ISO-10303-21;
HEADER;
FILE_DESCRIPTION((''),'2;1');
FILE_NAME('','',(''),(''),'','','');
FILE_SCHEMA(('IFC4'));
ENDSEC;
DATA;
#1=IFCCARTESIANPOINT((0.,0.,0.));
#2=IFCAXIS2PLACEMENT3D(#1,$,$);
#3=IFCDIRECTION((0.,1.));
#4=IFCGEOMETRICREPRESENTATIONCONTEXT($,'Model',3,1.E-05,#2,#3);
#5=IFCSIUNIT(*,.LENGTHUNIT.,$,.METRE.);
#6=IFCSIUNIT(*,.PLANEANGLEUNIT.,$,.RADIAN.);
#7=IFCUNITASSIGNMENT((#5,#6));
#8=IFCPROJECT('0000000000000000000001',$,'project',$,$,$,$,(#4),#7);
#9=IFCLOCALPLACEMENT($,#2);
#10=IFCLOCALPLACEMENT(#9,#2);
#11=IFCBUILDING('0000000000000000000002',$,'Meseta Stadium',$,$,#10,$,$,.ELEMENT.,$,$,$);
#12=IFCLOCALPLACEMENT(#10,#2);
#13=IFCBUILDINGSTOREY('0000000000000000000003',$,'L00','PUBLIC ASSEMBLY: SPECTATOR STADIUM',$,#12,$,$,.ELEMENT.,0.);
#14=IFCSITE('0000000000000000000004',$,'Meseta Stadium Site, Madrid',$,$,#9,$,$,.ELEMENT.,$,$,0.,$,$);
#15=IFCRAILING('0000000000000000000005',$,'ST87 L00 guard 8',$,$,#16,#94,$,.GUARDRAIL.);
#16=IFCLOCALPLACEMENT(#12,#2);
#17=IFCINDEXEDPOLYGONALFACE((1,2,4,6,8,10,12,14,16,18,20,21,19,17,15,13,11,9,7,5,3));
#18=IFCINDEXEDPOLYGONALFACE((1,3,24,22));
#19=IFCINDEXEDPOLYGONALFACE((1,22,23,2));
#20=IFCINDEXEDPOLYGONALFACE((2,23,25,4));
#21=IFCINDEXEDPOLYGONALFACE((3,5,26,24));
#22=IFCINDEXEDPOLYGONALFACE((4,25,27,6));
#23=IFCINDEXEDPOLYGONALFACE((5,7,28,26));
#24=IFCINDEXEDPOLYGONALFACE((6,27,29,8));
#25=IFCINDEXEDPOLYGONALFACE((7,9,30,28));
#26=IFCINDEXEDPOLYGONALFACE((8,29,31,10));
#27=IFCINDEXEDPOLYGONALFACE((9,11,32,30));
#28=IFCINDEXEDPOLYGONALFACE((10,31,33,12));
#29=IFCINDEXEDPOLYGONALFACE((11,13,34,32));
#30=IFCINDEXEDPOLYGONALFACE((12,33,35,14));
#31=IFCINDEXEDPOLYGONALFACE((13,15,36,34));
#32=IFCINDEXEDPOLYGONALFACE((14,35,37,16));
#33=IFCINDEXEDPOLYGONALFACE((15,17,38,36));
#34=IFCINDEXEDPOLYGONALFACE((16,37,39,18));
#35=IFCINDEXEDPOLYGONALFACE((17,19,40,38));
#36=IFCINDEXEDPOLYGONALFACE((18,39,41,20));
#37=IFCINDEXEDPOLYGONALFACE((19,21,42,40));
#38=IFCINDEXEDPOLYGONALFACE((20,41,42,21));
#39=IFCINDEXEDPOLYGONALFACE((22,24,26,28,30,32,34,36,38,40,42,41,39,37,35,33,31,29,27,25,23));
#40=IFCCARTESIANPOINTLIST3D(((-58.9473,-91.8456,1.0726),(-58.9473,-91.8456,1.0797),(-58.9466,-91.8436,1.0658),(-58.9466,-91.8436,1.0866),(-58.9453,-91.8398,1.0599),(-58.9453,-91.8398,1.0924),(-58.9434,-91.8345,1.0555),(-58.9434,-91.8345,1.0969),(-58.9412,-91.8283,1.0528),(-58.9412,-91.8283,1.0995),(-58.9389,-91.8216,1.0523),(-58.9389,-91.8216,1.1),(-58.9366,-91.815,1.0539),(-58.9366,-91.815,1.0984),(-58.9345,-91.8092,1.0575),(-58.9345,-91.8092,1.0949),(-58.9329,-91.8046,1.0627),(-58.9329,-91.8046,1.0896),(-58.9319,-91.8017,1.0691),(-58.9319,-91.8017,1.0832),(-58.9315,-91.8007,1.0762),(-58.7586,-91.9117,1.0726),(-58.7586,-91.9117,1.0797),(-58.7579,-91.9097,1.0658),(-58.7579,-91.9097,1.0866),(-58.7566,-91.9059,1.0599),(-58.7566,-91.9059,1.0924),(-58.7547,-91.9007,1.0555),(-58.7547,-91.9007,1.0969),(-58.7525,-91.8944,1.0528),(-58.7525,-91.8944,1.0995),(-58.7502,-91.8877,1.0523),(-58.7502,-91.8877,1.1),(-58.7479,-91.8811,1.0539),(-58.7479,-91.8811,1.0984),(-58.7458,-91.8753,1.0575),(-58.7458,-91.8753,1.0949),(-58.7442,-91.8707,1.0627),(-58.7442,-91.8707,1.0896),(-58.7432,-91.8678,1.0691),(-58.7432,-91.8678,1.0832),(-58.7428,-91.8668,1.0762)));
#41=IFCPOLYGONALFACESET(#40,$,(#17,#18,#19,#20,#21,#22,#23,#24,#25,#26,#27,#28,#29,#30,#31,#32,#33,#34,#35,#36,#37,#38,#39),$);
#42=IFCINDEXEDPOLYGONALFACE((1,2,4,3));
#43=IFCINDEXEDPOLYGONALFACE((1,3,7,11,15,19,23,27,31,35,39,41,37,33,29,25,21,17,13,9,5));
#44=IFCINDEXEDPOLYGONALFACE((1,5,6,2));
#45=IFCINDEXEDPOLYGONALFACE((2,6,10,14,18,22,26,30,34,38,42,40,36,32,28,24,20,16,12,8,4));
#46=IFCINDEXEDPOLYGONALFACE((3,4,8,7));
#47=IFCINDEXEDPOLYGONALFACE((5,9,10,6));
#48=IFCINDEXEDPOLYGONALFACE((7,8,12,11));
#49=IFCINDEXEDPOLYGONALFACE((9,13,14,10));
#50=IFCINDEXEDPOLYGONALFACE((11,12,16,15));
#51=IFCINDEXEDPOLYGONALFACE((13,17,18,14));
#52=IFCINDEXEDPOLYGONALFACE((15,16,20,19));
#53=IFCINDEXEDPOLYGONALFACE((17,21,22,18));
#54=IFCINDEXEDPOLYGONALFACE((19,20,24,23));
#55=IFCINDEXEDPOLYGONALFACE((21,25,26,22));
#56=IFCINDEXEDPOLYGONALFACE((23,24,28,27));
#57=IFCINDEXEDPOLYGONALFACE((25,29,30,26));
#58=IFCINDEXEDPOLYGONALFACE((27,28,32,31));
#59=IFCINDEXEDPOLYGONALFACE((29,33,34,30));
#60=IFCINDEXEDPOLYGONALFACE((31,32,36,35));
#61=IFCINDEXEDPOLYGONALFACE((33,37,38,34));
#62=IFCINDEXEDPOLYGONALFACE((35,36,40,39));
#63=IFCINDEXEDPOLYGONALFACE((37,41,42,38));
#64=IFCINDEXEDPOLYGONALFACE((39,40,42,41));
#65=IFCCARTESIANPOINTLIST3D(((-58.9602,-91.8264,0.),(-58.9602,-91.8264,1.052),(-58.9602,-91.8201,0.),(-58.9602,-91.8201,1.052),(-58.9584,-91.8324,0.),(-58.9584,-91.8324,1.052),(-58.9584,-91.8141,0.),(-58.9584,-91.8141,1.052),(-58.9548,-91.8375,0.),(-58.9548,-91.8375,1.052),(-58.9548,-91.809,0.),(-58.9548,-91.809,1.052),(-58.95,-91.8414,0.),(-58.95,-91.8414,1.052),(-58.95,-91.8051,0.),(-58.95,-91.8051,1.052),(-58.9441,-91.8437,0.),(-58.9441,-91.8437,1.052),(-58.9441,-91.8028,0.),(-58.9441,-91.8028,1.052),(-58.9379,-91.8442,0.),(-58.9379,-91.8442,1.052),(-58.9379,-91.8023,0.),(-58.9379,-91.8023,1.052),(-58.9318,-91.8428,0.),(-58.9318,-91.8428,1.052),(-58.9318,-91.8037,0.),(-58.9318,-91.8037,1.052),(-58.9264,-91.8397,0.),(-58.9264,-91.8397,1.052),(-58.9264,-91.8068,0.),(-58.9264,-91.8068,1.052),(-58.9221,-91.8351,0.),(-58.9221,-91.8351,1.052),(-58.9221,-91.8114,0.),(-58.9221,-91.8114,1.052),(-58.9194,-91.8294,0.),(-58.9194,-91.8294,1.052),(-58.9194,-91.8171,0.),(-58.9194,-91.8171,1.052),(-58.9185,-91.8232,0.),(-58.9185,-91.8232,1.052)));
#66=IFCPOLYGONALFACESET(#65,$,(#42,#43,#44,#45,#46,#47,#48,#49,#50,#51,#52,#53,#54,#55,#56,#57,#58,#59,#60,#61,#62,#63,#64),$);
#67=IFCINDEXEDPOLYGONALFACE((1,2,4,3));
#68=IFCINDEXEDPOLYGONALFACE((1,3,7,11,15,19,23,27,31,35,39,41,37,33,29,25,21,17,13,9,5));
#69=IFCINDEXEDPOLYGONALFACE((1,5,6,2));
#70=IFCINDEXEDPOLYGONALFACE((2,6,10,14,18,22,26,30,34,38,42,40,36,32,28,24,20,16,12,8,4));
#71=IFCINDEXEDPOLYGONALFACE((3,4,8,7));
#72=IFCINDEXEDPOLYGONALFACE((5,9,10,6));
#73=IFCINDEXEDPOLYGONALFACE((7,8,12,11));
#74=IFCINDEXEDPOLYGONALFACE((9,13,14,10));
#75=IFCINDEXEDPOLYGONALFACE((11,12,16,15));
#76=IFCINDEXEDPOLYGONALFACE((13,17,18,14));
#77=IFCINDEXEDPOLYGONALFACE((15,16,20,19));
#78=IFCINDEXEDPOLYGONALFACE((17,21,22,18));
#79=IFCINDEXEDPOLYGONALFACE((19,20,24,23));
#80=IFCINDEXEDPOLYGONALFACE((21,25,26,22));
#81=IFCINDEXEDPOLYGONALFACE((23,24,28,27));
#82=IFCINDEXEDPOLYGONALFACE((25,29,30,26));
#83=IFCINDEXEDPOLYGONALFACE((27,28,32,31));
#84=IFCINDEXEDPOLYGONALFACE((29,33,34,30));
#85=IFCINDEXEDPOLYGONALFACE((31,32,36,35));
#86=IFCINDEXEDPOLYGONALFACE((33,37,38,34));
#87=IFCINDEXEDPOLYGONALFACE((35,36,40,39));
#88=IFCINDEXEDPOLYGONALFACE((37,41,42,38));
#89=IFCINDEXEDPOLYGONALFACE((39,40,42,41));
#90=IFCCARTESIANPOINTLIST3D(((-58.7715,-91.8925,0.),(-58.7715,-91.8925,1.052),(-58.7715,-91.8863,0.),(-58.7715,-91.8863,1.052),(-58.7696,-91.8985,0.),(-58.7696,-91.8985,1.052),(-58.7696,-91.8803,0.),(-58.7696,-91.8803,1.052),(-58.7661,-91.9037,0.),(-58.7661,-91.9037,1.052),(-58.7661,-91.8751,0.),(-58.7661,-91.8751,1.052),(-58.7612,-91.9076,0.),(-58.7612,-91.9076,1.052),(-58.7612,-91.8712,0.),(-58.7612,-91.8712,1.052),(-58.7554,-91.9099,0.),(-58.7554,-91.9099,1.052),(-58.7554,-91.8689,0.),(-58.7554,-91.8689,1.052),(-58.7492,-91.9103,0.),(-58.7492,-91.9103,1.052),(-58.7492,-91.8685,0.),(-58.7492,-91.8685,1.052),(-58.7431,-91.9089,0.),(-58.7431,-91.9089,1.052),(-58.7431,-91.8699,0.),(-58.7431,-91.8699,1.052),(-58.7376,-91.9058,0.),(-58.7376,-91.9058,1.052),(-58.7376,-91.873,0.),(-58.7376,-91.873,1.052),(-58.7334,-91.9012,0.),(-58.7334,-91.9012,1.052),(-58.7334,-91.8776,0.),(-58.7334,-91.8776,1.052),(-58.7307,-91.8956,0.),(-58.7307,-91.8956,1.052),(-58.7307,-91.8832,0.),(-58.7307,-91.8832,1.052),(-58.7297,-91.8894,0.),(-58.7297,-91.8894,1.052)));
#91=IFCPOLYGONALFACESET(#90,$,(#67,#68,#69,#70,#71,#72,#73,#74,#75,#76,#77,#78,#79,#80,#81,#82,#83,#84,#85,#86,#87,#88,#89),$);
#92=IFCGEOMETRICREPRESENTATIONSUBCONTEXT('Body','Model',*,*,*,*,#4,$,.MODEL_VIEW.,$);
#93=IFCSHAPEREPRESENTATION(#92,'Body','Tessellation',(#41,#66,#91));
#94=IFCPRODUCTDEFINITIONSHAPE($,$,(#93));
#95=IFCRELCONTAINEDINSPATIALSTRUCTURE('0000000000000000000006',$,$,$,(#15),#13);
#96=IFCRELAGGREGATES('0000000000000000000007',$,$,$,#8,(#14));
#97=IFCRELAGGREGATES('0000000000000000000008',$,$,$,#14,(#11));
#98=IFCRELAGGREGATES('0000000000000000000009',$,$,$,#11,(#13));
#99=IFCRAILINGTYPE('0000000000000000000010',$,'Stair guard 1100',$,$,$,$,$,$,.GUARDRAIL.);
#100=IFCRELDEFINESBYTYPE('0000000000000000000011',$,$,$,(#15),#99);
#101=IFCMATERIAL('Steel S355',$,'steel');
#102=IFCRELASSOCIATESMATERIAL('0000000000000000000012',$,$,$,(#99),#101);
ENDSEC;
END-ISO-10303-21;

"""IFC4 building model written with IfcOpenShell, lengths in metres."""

from ifc_helpers import new_model, si_unit, direction, frame, origin, origin_2d, place, context, subcontext, project, spatial, circle, extrude, material, type_object, element, save


model = new_model("IFC4")

# Units and contexts
model_context = context("Model", 3, precision=1e-05, world=origin(), true_north=direction((0.0, 1.0)))
body_context = subcontext(model_context, "Body", "Model", "MODEL_VIEW")
ifc_project = project(units=[si_unit("LENGTHUNIT", "METRE"), si_unit("PLANEANGLEUNIT", "RADIAN")], contexts=[model_context])

# Site, building, storey
site_placement = place(None, origin())
site = spatial("IfcSite", under=ifc_project, at=site_placement, Name="Meseta Stadium Site, Madrid", CompositionType="ELEMENT", RefElevation=0.0)
building_placement = place(site_placement, origin())
building = spatial("IfcBuilding", under=site, at=building_placement, Name="Meseta Stadium", CompositionType="ELEMENT")
storey_placement = place(building_placement, origin())
storey = spatial("IfcBuildingStorey", under=building, at=storey_placement, Name="L00", Description="PUBLIC ASSEMBLY: SPECTATOR STADIUM", CompositionType="ELEMENT", Elevation=0.0)

# Railing
ifc_material_1 = material(Name="Steel S355", Category="steel")
railing_type_1 = type_object("IfcRailingType", Name="Stair guard 1100", PredefinedType="GUARDRAIL", material=ifc_material_1)
railing_1_placement = place(storey_placement, frame((-58.9395, -91.8232, 0.0)))
element("IfcRailing", 1, at=railing_1_placement, inside=storey, type_object=railing_type_1, Name="ST87 L00 guard 8", PredefinedType="GUARDRAIL", context=body_context, shape_type="SweptSolid", body=[
    extrude(circle(Radius=0.0239, at=origin_2d()), frame((0.0, 0.0, 1.0762), z_axis=(0.943687, -0.33084, 0.0), x_axis=(0.33084, 0.943687, 0.0)), (0.0, 0.0, 1.0), 0.2),
    extrude(circle(Radius=0.021, at=origin_2d()), origin(), (0.0, 0.0, 1.0), 1.052),
    extrude(circle(Radius=0.021, at=origin_2d()), frame((0.1887, -0.0662, 0.0)), (0.0, 0.0, 1.0), 1.052),
])

save(model, "model.ifc")
